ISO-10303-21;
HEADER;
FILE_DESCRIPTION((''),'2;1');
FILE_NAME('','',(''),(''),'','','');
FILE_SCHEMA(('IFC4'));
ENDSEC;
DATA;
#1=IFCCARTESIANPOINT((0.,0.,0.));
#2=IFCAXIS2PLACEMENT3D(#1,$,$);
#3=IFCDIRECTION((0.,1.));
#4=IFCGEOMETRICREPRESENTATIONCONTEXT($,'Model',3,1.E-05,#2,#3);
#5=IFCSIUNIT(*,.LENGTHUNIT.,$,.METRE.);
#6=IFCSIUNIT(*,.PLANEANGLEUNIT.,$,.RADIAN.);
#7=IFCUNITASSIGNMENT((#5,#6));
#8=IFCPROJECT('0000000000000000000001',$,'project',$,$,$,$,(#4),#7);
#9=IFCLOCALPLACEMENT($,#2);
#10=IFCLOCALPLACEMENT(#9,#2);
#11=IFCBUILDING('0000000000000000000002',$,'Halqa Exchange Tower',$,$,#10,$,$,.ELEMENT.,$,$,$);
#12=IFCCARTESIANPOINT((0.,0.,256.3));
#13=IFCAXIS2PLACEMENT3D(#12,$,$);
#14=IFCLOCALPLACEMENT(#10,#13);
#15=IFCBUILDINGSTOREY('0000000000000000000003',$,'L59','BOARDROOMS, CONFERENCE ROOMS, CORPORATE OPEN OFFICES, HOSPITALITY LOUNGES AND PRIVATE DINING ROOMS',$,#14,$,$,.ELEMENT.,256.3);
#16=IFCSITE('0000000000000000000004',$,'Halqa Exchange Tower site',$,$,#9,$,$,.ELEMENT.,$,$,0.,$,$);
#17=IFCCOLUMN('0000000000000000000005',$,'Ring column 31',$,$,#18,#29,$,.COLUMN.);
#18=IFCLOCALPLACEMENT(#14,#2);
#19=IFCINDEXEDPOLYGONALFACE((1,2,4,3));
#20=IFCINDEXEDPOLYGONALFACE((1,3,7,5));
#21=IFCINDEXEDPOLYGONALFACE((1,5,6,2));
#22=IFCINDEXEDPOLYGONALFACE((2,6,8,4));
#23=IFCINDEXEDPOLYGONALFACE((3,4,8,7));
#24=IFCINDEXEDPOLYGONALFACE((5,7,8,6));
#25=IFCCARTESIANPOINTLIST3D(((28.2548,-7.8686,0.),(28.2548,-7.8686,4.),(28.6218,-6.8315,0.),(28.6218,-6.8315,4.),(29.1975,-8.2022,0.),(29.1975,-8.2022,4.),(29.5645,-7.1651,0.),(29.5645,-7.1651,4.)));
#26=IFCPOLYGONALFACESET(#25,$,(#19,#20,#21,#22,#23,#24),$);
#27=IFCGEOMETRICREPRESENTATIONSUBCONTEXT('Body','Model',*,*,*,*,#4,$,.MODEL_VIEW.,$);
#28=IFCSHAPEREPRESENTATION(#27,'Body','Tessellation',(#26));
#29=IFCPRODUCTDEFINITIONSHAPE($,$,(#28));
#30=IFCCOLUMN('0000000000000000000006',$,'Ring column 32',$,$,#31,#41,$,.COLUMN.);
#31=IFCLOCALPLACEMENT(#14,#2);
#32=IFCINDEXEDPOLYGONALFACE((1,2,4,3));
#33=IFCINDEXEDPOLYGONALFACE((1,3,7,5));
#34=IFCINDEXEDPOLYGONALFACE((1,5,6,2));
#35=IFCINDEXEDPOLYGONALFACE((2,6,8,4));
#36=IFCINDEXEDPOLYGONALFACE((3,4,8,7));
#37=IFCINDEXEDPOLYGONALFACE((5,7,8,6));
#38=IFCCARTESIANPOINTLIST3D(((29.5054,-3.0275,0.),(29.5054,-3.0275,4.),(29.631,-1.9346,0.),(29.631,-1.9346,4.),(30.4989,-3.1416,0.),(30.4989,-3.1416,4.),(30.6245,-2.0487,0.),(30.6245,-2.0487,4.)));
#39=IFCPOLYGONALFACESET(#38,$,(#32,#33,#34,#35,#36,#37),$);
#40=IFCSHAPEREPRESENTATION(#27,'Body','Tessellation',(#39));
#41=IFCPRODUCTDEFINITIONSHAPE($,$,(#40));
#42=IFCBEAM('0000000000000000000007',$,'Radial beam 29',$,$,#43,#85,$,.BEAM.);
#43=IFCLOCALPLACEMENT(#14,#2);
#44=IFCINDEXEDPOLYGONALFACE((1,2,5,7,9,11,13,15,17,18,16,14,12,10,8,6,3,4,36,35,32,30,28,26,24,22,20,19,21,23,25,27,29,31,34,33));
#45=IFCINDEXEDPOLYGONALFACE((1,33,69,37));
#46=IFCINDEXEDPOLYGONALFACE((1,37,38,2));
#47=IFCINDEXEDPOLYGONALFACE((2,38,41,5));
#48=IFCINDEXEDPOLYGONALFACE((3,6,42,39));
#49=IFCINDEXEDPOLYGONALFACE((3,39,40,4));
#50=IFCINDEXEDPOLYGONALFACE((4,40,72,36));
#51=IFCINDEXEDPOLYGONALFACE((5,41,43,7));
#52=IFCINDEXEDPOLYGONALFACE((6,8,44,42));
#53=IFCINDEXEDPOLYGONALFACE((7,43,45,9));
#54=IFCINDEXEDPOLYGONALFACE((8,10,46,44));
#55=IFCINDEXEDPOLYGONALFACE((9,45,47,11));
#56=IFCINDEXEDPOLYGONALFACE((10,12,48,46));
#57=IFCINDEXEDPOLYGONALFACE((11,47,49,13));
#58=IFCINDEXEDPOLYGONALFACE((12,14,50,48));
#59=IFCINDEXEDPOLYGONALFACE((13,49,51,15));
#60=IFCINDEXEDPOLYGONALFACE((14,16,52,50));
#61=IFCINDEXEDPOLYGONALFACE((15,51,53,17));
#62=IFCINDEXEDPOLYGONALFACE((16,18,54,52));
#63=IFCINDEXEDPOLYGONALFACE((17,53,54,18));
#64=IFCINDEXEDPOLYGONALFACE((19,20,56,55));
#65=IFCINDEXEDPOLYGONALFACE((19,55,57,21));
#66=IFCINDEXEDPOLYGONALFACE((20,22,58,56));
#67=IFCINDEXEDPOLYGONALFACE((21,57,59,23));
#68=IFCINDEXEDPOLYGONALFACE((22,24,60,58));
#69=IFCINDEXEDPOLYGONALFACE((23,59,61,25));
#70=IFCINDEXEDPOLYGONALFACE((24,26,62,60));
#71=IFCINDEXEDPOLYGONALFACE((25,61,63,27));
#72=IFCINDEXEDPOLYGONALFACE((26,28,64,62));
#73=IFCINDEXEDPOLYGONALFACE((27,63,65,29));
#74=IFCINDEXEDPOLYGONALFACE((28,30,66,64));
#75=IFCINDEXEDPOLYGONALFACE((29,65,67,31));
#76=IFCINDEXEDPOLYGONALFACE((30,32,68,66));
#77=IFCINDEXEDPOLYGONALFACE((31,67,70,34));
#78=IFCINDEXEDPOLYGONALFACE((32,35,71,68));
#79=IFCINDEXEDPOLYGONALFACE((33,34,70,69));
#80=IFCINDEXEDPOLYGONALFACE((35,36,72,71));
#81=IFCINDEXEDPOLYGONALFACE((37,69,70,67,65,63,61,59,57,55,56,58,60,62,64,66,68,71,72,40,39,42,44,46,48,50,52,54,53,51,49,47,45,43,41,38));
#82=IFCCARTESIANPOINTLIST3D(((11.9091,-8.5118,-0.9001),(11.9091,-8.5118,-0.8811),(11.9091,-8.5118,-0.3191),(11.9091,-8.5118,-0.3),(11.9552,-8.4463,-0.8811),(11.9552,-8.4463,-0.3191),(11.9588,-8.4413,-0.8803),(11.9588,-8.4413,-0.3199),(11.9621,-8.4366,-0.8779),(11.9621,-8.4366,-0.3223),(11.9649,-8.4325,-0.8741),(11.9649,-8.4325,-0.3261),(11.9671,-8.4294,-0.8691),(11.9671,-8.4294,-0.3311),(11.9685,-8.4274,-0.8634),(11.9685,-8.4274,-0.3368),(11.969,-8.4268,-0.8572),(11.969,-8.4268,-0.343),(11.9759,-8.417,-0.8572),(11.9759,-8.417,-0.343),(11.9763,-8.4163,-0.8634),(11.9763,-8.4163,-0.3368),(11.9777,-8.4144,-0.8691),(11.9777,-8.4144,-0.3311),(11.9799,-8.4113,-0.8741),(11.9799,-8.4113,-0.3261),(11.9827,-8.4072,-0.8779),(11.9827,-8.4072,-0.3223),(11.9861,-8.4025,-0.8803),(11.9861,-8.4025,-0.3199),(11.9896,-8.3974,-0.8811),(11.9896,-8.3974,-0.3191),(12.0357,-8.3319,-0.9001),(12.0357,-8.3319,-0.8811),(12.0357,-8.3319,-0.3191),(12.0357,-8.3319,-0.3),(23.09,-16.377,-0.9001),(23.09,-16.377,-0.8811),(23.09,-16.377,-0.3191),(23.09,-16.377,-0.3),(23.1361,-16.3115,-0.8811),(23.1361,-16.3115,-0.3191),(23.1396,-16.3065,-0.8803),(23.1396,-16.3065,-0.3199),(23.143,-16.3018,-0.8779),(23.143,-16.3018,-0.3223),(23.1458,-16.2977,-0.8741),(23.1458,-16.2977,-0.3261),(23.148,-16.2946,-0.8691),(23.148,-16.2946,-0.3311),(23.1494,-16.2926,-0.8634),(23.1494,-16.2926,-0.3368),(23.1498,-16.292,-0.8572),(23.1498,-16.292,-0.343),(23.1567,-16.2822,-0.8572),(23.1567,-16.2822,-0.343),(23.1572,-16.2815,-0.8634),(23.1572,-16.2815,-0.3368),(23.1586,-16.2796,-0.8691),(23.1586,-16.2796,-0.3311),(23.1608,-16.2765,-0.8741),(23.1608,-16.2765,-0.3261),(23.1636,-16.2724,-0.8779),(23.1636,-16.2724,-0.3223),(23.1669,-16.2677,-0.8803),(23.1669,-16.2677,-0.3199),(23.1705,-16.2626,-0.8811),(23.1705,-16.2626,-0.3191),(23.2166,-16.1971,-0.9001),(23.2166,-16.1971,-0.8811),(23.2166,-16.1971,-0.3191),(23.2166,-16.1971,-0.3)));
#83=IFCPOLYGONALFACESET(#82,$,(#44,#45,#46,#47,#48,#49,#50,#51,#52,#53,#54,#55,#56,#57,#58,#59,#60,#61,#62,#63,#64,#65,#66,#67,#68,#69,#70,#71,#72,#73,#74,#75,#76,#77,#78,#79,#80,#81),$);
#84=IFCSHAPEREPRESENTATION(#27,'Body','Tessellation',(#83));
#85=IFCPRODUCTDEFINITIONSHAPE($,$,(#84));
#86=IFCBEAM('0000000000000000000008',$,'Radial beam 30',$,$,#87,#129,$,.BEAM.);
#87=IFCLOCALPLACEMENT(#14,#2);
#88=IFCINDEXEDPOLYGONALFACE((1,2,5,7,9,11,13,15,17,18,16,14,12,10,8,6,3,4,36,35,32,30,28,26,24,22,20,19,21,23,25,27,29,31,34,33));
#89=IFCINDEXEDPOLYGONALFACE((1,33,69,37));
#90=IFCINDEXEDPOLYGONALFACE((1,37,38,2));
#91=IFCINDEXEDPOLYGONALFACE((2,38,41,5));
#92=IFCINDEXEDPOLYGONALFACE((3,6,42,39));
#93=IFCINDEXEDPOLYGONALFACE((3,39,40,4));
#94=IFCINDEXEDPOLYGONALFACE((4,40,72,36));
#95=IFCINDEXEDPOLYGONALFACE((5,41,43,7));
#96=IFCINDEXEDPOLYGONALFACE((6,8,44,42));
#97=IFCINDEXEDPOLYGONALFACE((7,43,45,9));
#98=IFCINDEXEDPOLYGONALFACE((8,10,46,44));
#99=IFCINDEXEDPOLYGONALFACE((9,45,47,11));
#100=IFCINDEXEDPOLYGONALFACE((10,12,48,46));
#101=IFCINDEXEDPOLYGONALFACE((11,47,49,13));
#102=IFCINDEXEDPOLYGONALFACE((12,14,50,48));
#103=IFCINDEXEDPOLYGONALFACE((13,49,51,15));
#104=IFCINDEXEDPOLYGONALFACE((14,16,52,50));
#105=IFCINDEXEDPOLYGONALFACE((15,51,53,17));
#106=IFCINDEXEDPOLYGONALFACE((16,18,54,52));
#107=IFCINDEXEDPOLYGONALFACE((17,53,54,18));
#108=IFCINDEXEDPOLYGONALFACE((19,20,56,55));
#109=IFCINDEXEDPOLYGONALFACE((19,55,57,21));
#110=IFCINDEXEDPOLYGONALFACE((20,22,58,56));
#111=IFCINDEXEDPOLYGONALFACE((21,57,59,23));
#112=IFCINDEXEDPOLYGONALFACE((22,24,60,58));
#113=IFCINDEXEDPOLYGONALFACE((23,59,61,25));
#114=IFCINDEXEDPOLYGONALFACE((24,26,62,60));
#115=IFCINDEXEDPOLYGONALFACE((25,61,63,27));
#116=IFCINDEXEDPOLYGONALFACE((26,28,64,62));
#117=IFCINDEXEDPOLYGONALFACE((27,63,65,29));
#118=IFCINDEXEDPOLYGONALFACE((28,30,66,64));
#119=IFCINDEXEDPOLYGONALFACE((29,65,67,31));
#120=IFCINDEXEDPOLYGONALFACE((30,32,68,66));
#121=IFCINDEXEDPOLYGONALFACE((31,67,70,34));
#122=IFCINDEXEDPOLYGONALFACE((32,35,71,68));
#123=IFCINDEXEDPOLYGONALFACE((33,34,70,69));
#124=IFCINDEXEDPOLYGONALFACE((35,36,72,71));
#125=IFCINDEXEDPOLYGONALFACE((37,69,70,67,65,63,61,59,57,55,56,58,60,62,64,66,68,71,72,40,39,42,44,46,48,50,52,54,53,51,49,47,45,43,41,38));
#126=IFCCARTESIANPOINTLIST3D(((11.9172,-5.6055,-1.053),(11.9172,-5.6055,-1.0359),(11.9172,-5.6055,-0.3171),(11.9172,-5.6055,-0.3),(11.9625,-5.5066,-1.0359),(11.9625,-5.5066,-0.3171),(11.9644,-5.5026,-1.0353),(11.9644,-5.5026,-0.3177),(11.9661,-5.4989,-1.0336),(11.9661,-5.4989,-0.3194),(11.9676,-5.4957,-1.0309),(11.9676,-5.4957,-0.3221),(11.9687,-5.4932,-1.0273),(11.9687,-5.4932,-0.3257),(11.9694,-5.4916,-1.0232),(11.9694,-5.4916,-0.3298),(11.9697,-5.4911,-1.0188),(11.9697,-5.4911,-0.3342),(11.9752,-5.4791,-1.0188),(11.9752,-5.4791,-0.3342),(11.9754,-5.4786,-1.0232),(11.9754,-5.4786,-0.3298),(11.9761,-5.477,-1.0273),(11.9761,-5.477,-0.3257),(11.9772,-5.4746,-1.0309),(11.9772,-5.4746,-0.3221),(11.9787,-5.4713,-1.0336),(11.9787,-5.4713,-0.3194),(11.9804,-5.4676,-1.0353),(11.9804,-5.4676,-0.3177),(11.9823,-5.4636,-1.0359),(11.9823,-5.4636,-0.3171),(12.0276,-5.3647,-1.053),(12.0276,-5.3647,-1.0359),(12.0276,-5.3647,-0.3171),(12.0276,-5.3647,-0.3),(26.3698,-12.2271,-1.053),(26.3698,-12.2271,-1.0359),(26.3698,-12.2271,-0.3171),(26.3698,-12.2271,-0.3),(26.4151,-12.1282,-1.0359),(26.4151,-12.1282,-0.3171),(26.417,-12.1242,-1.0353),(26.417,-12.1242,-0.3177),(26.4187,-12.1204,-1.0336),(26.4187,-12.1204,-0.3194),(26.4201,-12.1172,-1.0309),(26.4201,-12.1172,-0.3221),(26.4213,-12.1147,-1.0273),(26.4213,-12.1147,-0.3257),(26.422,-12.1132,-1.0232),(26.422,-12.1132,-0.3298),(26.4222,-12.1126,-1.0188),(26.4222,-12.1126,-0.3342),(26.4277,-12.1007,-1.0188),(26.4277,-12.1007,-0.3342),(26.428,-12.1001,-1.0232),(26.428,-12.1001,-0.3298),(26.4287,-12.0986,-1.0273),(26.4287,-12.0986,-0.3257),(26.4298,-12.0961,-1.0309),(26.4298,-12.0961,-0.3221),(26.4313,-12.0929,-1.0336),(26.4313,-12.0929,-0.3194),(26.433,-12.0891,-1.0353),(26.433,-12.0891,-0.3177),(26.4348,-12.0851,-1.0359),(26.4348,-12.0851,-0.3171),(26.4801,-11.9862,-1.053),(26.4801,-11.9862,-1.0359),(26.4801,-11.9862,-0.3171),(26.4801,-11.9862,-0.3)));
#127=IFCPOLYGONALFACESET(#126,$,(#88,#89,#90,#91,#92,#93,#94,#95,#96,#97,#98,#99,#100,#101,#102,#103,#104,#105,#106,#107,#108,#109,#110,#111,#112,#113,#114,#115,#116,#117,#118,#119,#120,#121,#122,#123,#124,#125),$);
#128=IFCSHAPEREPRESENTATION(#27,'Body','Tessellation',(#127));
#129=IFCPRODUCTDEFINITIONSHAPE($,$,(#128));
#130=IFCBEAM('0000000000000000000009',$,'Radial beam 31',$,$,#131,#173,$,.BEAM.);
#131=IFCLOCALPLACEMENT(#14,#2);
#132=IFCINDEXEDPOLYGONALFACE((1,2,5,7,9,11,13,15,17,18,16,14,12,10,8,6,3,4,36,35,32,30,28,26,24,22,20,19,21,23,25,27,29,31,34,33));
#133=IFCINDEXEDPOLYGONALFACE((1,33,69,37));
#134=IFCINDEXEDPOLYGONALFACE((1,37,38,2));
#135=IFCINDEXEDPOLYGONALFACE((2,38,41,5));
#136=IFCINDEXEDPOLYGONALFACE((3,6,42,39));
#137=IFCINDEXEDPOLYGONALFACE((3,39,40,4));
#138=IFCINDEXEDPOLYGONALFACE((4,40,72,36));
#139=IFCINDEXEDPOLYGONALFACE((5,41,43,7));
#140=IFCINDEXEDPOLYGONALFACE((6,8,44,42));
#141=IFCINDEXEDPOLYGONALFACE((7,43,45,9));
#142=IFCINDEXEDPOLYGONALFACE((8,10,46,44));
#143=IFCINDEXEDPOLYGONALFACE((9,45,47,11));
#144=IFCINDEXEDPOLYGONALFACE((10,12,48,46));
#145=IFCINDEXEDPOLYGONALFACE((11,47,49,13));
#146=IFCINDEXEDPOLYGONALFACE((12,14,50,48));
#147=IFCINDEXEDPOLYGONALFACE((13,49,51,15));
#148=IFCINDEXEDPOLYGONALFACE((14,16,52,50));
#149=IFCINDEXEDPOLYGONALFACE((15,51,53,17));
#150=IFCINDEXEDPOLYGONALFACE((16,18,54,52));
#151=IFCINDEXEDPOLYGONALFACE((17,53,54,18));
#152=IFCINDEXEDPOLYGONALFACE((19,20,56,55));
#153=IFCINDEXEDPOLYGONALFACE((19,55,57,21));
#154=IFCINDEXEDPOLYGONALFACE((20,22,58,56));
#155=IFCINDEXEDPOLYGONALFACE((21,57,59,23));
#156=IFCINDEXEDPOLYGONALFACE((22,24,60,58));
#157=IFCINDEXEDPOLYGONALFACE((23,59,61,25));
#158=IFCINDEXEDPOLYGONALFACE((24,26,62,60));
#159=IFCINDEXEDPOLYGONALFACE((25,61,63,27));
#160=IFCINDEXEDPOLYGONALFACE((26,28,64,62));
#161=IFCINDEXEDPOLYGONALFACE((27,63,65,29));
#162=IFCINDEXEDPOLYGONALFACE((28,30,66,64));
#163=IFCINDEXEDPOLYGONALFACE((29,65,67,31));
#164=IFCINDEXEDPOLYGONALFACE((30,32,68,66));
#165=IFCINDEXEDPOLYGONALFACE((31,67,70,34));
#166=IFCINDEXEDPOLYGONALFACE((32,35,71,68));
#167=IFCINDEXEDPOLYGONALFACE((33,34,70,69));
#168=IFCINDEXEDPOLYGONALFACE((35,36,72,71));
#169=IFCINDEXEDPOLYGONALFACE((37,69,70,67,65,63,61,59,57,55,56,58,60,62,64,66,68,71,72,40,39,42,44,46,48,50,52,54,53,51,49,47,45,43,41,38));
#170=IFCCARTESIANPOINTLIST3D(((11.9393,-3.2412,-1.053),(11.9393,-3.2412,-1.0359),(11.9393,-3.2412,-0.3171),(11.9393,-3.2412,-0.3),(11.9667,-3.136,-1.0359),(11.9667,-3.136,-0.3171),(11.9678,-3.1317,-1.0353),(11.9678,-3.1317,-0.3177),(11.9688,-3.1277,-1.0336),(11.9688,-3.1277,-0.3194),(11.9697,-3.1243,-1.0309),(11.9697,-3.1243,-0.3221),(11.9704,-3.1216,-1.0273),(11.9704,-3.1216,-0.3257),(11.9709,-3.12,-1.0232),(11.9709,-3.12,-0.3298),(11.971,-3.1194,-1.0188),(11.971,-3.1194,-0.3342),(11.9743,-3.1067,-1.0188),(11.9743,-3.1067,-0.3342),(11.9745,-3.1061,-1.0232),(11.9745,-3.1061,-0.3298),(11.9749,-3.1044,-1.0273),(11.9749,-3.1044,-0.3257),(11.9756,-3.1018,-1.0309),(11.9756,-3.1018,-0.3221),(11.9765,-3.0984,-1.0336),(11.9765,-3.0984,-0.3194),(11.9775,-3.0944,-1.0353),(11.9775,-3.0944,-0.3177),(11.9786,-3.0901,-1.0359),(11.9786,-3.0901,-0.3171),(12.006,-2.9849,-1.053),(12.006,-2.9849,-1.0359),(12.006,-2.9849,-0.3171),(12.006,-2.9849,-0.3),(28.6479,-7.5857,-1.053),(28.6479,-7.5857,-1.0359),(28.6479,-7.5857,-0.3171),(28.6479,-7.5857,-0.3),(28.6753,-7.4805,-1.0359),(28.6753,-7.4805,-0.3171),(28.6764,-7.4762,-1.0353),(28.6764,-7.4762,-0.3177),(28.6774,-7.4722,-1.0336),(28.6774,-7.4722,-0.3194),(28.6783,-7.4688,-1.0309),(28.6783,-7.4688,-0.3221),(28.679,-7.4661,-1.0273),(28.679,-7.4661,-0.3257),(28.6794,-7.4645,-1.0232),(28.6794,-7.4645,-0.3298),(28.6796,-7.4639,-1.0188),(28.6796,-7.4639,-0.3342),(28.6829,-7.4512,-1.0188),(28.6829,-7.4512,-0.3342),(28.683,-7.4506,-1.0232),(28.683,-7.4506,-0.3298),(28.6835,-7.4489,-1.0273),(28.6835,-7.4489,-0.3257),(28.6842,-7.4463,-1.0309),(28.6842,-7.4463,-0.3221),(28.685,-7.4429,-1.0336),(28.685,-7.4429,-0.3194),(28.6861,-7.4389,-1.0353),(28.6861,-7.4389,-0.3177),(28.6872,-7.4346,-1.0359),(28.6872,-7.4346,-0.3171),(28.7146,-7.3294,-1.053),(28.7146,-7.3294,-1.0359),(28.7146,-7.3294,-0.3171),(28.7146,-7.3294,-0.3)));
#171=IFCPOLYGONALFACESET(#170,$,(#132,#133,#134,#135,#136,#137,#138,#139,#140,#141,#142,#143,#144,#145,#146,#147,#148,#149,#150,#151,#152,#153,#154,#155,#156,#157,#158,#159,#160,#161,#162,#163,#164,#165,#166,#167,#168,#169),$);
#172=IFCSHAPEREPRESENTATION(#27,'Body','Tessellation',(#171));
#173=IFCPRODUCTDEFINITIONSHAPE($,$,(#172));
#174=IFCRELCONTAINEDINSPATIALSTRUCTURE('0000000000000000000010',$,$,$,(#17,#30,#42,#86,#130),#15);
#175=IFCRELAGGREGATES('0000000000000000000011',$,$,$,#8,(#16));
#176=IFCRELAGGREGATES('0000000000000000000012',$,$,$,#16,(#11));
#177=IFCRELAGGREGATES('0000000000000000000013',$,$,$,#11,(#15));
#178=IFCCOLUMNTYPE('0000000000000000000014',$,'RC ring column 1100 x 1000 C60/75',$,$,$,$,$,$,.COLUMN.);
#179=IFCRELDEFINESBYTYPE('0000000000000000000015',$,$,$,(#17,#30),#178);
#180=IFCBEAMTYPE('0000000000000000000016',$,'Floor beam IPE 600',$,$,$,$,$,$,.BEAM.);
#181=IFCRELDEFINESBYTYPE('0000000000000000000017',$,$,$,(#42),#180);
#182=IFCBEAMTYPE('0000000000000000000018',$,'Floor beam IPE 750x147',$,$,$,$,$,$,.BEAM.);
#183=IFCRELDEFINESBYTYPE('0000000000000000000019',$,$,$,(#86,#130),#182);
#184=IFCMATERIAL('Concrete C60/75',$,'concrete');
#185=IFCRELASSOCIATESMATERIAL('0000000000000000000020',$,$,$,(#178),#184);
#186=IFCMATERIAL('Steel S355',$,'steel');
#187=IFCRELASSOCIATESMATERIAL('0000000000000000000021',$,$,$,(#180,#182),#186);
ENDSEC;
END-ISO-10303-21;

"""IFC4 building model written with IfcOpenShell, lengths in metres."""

from ifc_helpers import new_model, si_unit, direction, frame, origin, origin_2d, place, context, subcontext, project, spatial, rectangle, i_section, extrude, material, material_profile, profile_set, type_object, element, save


model = new_model("IFC4")

# Units and contexts
model_context = context("Model", 3, precision=1e-05, world=origin(), true_north=direction((0.0, 1.0)))
body_context = subcontext(model_context, "Body", "Model", "MODEL_VIEW")
ifc_project = project(units=[si_unit("LENGTHUNIT", "METRE"), si_unit("PLANEANGLEUNIT", "RADIAN")], contexts=[model_context])

# Site, building, storey
site_placement = place(None, origin())
site = spatial("IfcSite", under=ifc_project, at=site_placement, Name="Halqa Exchange Tower site", CompositionType="ELEMENT", RefElevation=0.0)
building_placement = place(site_placement, origin())
building = spatial("IfcBuilding", under=site, at=building_placement, Name="Halqa Exchange Tower", CompositionType="ELEMENT")
storey_placement = place(building_placement, frame((0.0, 0.0, 256.3)))
storey = spatial("IfcBuildingStorey", under=building, at=storey_placement, Name="L59", Description="BOARDROOMS, CONFERENCE ROOMS, CORPORATE OPEN OFFICES, HOSPITALITY LOUNGES AND PRIVATE DINING ROOMS", CompositionType="ELEMENT", Elevation=256.3)

# Columns
ifc_material_1 = material(Name="Concrete C60/75", Category="concrete")
ifc_material_profile_1 = material_profile(ifc_material_1, rectangle(XDim=1.1001, YDim=1.0, at=origin_2d()), Name="1100 x 1000")
ifc_profile_set_1 = profile_set([ifc_material_profile_1], Name="Concrete C60/75")
column_type = type_object("IfcColumnType", Name="RC ring column 1100 x 1000 C60/75", PredefinedType="COLUMN", material=ifc_profile_set_1)
for number, where, z_axis, x_axis, name in (
    (1, (28.9097, -7.5168, 0.0), (0.0, 0.0, 1.0), (0.333623, 0.942707, 0.0), "Ring column 31"),
    (2, (30.0649, -2.5381, 0.0), (0.0, 0.0, 1.0), (0.114159, 0.993463, 0.0), "Ring column 32"),
):
    element("IfcColumn", number, at=place(storey_placement, frame(where, z_axis=z_axis, x_axis=x_axis)), inside=storey, type_object=column_type, Name=name, PredefinedType="COLUMN", context=body_context, shape_type="SweptSolid", body=[
        extrude(rectangle(XDim=1.1001, YDim=1.0, at=origin_2d()), origin(), (0.0, 0.0, 1.0), 4.0),
    ])

# Beams
ifc_material_2 = material(Name="Steel S355", Category="steel")
ifc_material_profile_2 = material_profile(ifc_material_2, i_section(OverallWidth=0.22, OverallDepth=0.6001, WebThickness=0.012, FlangeThickness=0.019, FilletRadius=0.0239, at=origin_2d()), Name="IPE 600")
ifc_profile_set_2 = profile_set([ifc_material_profile_2], Name="Steel S355")
beam_type_1 = type_object("IfcBeamType", Name="Floor beam IPE 600", PredefinedType="BEAM", material=ifc_profile_set_2)
beam_1_placement = place(storey_placement, frame((11.9724, -8.4219, -0.6001), z_axis=(0.817903, -0.575356, 0.0), x_axis=(0.575356, 0.817903, 0.0)))
element("IfcBeam", 3, at=beam_1_placement, inside=storey, type_object=beam_type_1, Name="Radial beam 29", PredefinedType="BEAM", context=body_context, shape_type="SweptSolid", body=[
    extrude(i_section(OverallWidth=0.22, OverallDepth=0.6001, WebThickness=0.012, FlangeThickness=0.019, FilletRadius=0.0239, at=origin_2d()), origin(), (0.0, 0.0, 1.0), 13.6702),
])
ifc_material_profile_3 = material_profile(ifc_material_2, i_section(OverallWidth=0.2649, OverallDepth=0.7529, WebThickness=0.0132, FlangeThickness=0.0171, FilletRadius=0.0171, at=origin_2d()), Name="IPE 750x147")
ifc_profile_set_3 = profile_set([ifc_material_profile_3], Name="Steel S355")
beam_type_2 = type_object("IfcBeamType", Name="Floor beam IPE 750x147", PredefinedType="BEAM", material=ifc_profile_set_3)
beam_2_placement = place(storey_placement, frame((11.9724, -5.4851, -0.6765), z_axis=(0.909125, -0.416523, 0.0), x_axis=(0.416523, 0.909125, 0.0)))
element("IfcBeam", 4, at=beam_2_placement, inside=storey, type_object=beam_type_2, Name="Radial beam 30", PredefinedType="BEAM", context=body_context, shape_type="SweptSolid", body=[
    extrude(i_section(OverallWidth=0.2649, OverallDepth=0.7529, WebThickness=0.0132, FlangeThickness=0.0171, FilletRadius=0.0171, at=origin_2d()), origin(), (0.0, 0.0, 1.0), 15.8972),
])
beam_3_placement = place(storey_placement, frame((11.9727, -3.113, -0.6765), z_axis=(0.967819, -0.251649, 0.0), x_axis=(0.251649, 0.967819, 0.0)))
element("IfcBeam", 5, at=beam_3_placement, inside=storey, type_object=beam_type_2, Name="Radial beam 31", PredefinedType="BEAM", context=body_context, shape_type="SweptSolid", body=[
    extrude(i_section(OverallWidth=0.2649, OverallDepth=0.7529, WebThickness=0.0132, FlangeThickness=0.0171, FilletRadius=0.0171, at=origin_2d()), origin(), (0.0, 0.0, 1.0), 17.2642),
])

save(model, "model.ifc")
